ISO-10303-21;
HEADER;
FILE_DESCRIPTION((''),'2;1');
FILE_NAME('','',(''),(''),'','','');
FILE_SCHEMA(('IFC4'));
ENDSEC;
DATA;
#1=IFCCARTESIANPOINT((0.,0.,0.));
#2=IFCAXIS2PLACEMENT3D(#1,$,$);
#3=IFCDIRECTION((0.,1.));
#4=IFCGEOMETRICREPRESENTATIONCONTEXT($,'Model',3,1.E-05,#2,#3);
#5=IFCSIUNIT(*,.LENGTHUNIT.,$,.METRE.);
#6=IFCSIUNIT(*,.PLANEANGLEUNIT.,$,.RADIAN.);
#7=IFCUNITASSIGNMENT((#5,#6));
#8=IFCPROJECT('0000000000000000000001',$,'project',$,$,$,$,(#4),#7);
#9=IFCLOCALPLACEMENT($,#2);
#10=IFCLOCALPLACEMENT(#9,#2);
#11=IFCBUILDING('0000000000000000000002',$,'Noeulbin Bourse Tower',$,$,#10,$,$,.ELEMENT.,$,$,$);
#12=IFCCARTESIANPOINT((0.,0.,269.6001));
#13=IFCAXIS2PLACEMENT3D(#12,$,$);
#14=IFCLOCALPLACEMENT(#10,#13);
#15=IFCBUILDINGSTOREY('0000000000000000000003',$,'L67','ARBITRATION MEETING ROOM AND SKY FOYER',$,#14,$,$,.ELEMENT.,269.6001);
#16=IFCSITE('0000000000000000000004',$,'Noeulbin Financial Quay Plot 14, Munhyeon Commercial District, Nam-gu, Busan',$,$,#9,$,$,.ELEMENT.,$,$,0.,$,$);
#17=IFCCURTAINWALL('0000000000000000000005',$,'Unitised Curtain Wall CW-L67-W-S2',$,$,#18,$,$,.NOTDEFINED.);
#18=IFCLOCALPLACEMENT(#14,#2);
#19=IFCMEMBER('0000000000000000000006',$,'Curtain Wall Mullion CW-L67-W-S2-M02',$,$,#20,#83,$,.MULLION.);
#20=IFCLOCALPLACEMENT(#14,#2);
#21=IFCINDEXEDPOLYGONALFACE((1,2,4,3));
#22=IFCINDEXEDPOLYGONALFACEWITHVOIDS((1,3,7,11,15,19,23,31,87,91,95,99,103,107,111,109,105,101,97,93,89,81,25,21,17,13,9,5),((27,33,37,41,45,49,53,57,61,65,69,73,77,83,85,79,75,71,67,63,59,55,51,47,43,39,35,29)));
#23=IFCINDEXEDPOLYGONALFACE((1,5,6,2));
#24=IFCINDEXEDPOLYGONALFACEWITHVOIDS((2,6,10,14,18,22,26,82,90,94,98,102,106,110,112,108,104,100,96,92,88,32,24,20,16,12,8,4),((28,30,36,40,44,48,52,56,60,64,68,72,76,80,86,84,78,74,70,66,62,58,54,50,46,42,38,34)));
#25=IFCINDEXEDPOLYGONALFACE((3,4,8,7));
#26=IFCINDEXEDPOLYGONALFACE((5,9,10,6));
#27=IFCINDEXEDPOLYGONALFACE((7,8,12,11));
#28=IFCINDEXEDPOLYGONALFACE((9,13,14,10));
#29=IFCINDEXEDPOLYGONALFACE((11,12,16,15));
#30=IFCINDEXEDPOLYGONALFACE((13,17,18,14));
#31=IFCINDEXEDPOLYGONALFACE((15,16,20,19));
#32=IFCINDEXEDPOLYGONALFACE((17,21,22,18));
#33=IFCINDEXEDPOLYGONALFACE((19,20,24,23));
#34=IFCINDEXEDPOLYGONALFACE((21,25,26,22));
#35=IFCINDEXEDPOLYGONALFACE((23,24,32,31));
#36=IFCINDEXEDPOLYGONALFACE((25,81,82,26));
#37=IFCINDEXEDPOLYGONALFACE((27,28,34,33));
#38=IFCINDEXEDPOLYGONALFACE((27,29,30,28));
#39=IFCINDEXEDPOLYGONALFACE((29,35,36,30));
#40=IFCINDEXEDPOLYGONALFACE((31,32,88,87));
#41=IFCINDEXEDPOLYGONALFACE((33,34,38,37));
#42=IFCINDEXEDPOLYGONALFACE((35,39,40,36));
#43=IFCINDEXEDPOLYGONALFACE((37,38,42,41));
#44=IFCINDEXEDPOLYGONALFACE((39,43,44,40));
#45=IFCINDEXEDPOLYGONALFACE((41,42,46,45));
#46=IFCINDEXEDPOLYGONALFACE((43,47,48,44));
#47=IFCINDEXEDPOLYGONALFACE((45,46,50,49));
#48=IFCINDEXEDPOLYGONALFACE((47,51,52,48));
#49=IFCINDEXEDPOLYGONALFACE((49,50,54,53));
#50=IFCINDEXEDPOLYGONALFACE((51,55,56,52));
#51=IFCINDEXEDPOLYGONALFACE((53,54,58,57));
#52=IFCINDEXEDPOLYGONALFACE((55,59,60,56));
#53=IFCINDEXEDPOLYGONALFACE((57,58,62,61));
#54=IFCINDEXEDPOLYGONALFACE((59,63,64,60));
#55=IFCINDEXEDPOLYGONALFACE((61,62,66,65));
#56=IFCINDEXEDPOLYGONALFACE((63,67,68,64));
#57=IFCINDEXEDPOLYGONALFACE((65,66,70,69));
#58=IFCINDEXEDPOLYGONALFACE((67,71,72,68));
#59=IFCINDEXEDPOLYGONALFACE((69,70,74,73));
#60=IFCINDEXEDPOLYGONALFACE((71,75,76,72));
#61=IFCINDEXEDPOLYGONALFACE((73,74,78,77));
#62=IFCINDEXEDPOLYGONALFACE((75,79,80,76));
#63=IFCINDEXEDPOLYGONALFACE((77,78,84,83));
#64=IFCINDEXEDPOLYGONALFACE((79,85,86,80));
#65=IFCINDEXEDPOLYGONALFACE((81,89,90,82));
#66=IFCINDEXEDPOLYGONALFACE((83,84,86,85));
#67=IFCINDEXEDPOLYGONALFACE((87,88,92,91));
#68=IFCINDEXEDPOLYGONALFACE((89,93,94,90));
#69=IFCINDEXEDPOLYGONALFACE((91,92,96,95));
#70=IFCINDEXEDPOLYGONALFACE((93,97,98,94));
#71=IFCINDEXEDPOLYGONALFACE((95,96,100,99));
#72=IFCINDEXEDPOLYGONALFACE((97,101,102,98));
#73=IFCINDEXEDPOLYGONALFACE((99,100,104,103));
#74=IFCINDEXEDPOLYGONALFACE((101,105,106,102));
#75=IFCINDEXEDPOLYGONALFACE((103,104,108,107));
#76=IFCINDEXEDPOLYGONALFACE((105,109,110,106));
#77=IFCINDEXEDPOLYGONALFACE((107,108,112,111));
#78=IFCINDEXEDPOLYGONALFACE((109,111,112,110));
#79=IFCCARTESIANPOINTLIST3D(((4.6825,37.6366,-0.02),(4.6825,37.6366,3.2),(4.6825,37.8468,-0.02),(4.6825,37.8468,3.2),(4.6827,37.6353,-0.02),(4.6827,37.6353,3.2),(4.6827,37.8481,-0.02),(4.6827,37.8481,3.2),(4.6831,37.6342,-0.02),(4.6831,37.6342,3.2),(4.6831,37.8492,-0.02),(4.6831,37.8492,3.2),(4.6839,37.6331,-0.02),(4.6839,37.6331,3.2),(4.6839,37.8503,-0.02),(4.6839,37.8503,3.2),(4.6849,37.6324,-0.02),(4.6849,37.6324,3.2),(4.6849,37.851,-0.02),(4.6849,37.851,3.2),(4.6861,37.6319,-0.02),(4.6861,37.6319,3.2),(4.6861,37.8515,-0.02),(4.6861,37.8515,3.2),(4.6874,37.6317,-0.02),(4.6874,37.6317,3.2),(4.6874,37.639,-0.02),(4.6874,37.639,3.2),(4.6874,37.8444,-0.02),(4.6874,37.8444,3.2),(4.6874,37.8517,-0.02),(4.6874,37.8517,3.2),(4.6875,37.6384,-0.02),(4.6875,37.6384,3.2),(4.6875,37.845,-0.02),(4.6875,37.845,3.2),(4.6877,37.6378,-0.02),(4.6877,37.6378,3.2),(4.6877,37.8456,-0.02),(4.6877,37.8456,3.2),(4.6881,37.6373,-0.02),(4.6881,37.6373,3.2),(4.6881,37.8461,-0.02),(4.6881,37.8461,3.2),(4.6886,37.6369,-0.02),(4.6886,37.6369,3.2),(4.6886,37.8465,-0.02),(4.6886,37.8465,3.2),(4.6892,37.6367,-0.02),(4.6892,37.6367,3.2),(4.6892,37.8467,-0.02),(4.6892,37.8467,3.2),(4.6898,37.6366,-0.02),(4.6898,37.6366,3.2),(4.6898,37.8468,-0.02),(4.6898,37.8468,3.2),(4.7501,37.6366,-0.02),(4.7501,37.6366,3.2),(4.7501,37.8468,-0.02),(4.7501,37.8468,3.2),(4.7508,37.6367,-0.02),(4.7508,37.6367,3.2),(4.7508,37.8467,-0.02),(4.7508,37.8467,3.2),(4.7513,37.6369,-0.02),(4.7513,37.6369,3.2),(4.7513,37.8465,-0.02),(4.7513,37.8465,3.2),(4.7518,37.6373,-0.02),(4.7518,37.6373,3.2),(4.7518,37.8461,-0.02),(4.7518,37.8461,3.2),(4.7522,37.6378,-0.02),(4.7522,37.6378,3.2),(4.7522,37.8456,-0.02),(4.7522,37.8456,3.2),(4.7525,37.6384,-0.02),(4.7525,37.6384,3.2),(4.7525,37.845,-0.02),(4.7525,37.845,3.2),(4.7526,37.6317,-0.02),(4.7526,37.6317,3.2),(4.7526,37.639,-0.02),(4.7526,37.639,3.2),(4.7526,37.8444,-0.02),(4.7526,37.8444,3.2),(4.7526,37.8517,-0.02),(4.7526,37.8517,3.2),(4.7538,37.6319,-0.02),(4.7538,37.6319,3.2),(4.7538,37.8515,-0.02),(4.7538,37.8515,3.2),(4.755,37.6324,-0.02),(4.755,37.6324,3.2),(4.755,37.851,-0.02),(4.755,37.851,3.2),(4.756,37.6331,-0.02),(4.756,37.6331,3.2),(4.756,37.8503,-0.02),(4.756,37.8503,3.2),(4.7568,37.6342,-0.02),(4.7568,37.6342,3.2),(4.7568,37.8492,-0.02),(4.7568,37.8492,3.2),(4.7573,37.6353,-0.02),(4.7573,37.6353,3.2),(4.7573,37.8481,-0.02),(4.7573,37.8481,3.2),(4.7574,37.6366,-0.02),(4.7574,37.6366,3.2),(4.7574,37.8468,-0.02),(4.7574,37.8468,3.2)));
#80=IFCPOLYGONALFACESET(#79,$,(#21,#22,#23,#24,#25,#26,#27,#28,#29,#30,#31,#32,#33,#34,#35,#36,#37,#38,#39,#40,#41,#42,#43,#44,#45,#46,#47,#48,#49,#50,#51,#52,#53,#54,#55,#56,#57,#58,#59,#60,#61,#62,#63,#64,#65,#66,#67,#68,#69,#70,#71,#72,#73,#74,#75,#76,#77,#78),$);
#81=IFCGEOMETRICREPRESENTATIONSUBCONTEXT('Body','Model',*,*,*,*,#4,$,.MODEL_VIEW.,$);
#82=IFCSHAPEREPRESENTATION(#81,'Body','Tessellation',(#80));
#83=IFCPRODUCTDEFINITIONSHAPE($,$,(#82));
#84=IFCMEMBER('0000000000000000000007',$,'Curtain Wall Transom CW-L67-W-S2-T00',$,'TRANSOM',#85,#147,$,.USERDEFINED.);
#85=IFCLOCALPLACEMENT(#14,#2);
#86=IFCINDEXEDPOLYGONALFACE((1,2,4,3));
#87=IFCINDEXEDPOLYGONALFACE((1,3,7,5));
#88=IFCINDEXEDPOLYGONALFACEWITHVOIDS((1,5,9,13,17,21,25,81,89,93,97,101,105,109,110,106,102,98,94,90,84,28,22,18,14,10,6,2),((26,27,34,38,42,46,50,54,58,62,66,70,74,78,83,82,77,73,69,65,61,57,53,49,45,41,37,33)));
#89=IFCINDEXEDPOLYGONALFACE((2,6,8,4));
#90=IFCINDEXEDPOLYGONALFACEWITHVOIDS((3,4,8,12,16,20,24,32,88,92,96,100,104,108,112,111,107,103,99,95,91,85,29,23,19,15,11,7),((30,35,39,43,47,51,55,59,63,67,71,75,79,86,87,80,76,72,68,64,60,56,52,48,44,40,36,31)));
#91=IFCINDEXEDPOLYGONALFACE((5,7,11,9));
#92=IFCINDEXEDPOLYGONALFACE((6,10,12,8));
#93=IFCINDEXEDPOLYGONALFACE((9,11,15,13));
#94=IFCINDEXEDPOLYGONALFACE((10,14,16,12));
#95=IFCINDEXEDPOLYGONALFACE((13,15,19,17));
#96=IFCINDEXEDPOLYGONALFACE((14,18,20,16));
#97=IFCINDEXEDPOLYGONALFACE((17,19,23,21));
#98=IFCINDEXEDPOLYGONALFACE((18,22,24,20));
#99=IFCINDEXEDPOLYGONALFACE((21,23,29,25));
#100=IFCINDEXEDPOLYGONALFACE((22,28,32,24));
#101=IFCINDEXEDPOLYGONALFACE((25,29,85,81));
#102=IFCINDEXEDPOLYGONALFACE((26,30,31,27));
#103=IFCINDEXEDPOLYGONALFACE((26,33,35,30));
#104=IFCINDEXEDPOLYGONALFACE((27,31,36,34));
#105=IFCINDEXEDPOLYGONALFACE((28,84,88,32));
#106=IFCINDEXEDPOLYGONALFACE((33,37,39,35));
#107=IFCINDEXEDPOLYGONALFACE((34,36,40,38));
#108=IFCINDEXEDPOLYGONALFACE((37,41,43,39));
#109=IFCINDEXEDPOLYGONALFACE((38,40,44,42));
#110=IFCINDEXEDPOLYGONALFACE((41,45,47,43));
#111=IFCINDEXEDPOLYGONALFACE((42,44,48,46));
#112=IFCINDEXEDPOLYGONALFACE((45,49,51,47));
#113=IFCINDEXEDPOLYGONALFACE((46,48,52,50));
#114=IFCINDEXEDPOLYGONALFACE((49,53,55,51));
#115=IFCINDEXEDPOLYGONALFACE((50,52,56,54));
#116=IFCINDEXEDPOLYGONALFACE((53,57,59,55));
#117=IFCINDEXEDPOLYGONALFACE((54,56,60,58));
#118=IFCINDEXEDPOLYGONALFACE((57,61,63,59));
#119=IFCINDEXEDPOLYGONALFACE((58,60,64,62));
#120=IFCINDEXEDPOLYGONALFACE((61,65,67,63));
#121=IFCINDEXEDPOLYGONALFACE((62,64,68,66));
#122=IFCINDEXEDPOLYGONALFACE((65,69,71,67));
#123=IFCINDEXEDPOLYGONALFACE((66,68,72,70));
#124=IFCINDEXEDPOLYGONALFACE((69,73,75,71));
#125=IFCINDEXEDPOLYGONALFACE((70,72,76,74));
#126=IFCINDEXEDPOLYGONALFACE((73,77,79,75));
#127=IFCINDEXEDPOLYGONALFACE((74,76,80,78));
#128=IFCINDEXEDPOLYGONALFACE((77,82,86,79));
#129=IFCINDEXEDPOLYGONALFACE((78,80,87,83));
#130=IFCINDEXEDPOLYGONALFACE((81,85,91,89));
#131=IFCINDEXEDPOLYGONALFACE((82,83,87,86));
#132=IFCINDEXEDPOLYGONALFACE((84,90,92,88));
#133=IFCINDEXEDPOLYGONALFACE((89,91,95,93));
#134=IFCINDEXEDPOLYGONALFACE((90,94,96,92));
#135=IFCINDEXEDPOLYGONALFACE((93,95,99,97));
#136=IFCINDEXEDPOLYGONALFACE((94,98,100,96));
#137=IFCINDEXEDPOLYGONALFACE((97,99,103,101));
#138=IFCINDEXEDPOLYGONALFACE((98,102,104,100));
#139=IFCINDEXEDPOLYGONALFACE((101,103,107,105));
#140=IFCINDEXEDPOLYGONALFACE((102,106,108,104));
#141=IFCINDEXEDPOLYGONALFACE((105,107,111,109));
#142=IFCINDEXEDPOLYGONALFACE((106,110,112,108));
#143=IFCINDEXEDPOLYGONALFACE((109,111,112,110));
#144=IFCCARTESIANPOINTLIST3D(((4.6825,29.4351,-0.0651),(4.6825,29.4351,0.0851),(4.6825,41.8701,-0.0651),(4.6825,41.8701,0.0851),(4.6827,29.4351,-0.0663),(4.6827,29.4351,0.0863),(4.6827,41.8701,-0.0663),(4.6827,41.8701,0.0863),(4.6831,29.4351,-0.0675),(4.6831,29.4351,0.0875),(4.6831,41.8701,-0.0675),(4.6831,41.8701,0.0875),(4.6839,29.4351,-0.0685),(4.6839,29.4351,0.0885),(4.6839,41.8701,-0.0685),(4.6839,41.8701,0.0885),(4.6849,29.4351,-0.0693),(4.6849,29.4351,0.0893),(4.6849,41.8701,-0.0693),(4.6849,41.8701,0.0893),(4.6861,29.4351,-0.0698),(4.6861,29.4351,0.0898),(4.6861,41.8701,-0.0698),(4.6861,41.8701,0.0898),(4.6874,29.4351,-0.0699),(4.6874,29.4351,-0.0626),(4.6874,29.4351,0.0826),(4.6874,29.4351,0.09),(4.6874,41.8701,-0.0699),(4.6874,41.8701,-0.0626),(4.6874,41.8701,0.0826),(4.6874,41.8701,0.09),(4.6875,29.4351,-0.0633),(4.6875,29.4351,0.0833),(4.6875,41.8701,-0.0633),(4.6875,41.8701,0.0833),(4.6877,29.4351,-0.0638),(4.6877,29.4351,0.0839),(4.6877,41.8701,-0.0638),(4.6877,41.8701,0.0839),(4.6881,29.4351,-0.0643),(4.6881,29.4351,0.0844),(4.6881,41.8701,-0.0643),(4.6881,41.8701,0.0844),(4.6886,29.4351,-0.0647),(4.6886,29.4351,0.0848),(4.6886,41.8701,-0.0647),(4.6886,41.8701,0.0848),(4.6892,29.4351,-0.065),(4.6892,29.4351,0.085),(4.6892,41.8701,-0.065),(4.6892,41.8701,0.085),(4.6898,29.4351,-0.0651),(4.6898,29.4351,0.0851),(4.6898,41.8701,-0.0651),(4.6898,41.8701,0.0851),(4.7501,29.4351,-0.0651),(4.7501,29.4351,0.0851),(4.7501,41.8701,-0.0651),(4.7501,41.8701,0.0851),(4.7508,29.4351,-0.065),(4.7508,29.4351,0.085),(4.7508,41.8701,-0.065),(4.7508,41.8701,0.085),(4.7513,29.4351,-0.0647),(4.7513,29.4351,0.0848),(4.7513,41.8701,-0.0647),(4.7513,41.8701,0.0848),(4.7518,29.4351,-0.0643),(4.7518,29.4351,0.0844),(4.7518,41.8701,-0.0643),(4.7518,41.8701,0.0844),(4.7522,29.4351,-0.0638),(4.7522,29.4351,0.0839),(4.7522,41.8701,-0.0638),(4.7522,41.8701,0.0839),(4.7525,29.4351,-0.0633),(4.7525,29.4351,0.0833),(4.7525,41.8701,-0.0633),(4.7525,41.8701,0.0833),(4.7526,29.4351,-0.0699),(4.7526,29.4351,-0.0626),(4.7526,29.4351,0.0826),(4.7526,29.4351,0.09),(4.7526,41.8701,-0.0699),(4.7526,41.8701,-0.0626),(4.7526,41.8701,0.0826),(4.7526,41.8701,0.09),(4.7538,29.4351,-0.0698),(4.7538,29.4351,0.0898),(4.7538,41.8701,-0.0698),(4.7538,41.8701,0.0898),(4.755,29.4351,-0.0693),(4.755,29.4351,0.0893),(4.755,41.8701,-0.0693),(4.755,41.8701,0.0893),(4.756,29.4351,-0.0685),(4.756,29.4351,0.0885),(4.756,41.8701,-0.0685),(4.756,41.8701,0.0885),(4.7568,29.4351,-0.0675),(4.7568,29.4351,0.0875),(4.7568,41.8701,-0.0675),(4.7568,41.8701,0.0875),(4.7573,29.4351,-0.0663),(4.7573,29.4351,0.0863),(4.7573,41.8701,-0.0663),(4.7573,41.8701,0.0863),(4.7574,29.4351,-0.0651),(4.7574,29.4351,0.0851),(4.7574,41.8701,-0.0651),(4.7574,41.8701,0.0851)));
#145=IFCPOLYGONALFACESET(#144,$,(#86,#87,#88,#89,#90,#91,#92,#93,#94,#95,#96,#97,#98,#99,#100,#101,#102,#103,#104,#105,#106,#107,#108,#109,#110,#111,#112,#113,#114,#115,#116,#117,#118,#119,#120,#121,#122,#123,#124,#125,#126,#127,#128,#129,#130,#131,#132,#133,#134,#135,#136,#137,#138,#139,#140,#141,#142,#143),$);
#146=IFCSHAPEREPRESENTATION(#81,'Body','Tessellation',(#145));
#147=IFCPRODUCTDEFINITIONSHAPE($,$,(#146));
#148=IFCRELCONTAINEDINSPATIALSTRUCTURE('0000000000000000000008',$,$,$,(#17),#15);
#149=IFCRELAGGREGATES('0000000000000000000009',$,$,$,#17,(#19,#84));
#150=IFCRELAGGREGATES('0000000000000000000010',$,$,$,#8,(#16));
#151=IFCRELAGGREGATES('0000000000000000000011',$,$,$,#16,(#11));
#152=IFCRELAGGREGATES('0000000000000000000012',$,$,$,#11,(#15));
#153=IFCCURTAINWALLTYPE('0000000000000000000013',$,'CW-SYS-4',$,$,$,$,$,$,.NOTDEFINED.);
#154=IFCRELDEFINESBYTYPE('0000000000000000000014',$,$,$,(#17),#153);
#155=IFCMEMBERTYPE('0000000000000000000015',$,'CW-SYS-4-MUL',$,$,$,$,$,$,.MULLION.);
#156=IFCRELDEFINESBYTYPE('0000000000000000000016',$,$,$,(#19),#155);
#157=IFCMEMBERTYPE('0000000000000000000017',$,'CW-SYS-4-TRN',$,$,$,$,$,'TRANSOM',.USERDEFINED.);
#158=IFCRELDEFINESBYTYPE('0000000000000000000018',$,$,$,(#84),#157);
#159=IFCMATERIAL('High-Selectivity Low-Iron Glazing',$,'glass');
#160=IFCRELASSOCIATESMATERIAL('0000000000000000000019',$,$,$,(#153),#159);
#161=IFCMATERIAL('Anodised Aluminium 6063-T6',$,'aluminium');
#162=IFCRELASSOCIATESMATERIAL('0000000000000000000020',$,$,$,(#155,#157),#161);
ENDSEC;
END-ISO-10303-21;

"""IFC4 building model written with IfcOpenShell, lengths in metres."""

from ifc_helpers import new_model, si_unit, direction, frame, origin, origin_2d, place, context, subcontext, project, spatial, hollow_rectangle, extrude, material, material_profile, profile_set, type_object, element, aggregate, save


model = new_model("IFC4")

# Units and contexts
model_context = context("Model", 3, precision=1e-05, world=origin(), true_north=direction((0.0, 1.0)))
body_context = subcontext(model_context, "Body", "Model", "MODEL_VIEW")
ifc_project = project(units=[si_unit("LENGTHUNIT", "METRE"), si_unit("PLANEANGLEUNIT", "RADIAN")], contexts=[model_context])

# Site, building, storey
site_placement = place(None, origin())
site = spatial("IfcSite", under=ifc_project, at=site_placement, Name="Noeulbin Financial Quay Plot 14, Munhyeon Commercial District, Nam-gu, Busan", CompositionType="ELEMENT", RefElevation=0.0)
building_placement = place(site_placement, origin())
building = spatial("IfcBuilding", under=site, at=building_placement, Name="Noeulbin Bourse Tower", CompositionType="ELEMENT")
storey_placement = place(building_placement, frame((0.0, 0.0, 269.6001)))
storey = spatial("IfcBuildingStorey", under=building, at=storey_placement, Name="L67", Description="ARBITRATION MEETING ROOM AND SKY FOYER", CompositionType="ELEMENT", Elevation=269.6001)

# Curtain wall, members
ifc_material_1 = material(Name="High-Selectivity Low-Iron Glazing", Category="glass")
curtain_wall_type = type_object("IfcCurtainWallType", Name="CW-SYS-4", PredefinedType="NOTDEFINED", material=ifc_material_1)
curtain_wall_placement = place(storey_placement, origin())
curtain_wall = element("IfcCurtainWall", 1, at=curtain_wall_placement, inside=storey, type_object=curtain_wall_type, Name="Unitised Curtain Wall CW-L67-W-S2", PredefinedType="NOTDEFINED")
ifc_material_2 = material(Name="Anodised Aluminium 6063-T6", Category="aluminium")
ifc_material_profile_1 = material_profile(ifc_material_2, hollow_rectangle(XDim=0.075, YDim=0.22, WallThickness=0.0049, InnerFilletRadius=0.0024, OuterFilletRadius=0.0049, at=origin_2d()), Name="ALU-MULL-75x220x5", Category="LoadBearing")
ifc_profile_set_1 = profile_set([ifc_material_profile_1], Name="Anodised Aluminium 6063-T6")
member_type_1 = type_object("IfcMemberType", Name="CW-SYS-4-MUL", PredefinedType="MULLION", material=ifc_profile_set_1)
member_1_placement = place(storey_placement, frame((4.72, 37.7417, -0.02), z_axis=(0.0, 0.0, 1.0), x_axis=(1.0, 0.0, 0.0)))
member_1 = element("IfcMember", 2, at=member_1_placement, type_object=member_type_1, Name="Curtain Wall Mullion CW-L67-W-S2-M02", PredefinedType="MULLION", context=body_context, shape_type="SweptSolid", body=[
    extrude(hollow_rectangle(XDim=0.075, YDim=0.22, WallThickness=0.0049, InnerFilletRadius=0.0024, OuterFilletRadius=0.0049, at=origin_2d()), origin(), (0.0, 0.0, 1.0), 3.22),
])
ifc_material_profile_2 = material_profile(ifc_material_2, hollow_rectangle(XDim=0.075, YDim=0.1599, WallThickness=0.0049, InnerFilletRadius=0.0024, OuterFilletRadius=0.0049, at=origin_2d()), Name="ALU-TRAN-75x160x5", Category="LoadBearing")
ifc_profile_set_2 = profile_set([ifc_material_profile_2], Name="Anodised Aluminium 6063-T6")
member_type_2 = type_object("IfcMemberType", Name="CW-SYS-4-TRN", ElementType="TRANSOM", PredefinedType="USERDEFINED", material=ifc_profile_set_2)
member_2_placement = place(storey_placement, frame((4.72, 29.4351, 0.01), z_axis=(0.0, 1.0, 0.0), x_axis=(-1.0, 0.0, 0.0)))
member_2 = element("IfcMember", 3, at=member_2_placement, type_object=member_type_2, Name="Curtain Wall Transom CW-L67-W-S2-T00", ObjectType="TRANSOM", PredefinedType="USERDEFINED", context=body_context, shape_type="SweptSolid", body=[
    extrude(hollow_rectangle(XDim=0.075, YDim=0.1599, WallThickness=0.0049, InnerFilletRadius=0.0024, OuterFilletRadius=0.0049, at=origin_2d()), origin(), (0.0, 0.0, 1.0), 12.4351),
])
aggregate(curtain_wall, [member_1, member_2])

save(model, "model.ifc")
